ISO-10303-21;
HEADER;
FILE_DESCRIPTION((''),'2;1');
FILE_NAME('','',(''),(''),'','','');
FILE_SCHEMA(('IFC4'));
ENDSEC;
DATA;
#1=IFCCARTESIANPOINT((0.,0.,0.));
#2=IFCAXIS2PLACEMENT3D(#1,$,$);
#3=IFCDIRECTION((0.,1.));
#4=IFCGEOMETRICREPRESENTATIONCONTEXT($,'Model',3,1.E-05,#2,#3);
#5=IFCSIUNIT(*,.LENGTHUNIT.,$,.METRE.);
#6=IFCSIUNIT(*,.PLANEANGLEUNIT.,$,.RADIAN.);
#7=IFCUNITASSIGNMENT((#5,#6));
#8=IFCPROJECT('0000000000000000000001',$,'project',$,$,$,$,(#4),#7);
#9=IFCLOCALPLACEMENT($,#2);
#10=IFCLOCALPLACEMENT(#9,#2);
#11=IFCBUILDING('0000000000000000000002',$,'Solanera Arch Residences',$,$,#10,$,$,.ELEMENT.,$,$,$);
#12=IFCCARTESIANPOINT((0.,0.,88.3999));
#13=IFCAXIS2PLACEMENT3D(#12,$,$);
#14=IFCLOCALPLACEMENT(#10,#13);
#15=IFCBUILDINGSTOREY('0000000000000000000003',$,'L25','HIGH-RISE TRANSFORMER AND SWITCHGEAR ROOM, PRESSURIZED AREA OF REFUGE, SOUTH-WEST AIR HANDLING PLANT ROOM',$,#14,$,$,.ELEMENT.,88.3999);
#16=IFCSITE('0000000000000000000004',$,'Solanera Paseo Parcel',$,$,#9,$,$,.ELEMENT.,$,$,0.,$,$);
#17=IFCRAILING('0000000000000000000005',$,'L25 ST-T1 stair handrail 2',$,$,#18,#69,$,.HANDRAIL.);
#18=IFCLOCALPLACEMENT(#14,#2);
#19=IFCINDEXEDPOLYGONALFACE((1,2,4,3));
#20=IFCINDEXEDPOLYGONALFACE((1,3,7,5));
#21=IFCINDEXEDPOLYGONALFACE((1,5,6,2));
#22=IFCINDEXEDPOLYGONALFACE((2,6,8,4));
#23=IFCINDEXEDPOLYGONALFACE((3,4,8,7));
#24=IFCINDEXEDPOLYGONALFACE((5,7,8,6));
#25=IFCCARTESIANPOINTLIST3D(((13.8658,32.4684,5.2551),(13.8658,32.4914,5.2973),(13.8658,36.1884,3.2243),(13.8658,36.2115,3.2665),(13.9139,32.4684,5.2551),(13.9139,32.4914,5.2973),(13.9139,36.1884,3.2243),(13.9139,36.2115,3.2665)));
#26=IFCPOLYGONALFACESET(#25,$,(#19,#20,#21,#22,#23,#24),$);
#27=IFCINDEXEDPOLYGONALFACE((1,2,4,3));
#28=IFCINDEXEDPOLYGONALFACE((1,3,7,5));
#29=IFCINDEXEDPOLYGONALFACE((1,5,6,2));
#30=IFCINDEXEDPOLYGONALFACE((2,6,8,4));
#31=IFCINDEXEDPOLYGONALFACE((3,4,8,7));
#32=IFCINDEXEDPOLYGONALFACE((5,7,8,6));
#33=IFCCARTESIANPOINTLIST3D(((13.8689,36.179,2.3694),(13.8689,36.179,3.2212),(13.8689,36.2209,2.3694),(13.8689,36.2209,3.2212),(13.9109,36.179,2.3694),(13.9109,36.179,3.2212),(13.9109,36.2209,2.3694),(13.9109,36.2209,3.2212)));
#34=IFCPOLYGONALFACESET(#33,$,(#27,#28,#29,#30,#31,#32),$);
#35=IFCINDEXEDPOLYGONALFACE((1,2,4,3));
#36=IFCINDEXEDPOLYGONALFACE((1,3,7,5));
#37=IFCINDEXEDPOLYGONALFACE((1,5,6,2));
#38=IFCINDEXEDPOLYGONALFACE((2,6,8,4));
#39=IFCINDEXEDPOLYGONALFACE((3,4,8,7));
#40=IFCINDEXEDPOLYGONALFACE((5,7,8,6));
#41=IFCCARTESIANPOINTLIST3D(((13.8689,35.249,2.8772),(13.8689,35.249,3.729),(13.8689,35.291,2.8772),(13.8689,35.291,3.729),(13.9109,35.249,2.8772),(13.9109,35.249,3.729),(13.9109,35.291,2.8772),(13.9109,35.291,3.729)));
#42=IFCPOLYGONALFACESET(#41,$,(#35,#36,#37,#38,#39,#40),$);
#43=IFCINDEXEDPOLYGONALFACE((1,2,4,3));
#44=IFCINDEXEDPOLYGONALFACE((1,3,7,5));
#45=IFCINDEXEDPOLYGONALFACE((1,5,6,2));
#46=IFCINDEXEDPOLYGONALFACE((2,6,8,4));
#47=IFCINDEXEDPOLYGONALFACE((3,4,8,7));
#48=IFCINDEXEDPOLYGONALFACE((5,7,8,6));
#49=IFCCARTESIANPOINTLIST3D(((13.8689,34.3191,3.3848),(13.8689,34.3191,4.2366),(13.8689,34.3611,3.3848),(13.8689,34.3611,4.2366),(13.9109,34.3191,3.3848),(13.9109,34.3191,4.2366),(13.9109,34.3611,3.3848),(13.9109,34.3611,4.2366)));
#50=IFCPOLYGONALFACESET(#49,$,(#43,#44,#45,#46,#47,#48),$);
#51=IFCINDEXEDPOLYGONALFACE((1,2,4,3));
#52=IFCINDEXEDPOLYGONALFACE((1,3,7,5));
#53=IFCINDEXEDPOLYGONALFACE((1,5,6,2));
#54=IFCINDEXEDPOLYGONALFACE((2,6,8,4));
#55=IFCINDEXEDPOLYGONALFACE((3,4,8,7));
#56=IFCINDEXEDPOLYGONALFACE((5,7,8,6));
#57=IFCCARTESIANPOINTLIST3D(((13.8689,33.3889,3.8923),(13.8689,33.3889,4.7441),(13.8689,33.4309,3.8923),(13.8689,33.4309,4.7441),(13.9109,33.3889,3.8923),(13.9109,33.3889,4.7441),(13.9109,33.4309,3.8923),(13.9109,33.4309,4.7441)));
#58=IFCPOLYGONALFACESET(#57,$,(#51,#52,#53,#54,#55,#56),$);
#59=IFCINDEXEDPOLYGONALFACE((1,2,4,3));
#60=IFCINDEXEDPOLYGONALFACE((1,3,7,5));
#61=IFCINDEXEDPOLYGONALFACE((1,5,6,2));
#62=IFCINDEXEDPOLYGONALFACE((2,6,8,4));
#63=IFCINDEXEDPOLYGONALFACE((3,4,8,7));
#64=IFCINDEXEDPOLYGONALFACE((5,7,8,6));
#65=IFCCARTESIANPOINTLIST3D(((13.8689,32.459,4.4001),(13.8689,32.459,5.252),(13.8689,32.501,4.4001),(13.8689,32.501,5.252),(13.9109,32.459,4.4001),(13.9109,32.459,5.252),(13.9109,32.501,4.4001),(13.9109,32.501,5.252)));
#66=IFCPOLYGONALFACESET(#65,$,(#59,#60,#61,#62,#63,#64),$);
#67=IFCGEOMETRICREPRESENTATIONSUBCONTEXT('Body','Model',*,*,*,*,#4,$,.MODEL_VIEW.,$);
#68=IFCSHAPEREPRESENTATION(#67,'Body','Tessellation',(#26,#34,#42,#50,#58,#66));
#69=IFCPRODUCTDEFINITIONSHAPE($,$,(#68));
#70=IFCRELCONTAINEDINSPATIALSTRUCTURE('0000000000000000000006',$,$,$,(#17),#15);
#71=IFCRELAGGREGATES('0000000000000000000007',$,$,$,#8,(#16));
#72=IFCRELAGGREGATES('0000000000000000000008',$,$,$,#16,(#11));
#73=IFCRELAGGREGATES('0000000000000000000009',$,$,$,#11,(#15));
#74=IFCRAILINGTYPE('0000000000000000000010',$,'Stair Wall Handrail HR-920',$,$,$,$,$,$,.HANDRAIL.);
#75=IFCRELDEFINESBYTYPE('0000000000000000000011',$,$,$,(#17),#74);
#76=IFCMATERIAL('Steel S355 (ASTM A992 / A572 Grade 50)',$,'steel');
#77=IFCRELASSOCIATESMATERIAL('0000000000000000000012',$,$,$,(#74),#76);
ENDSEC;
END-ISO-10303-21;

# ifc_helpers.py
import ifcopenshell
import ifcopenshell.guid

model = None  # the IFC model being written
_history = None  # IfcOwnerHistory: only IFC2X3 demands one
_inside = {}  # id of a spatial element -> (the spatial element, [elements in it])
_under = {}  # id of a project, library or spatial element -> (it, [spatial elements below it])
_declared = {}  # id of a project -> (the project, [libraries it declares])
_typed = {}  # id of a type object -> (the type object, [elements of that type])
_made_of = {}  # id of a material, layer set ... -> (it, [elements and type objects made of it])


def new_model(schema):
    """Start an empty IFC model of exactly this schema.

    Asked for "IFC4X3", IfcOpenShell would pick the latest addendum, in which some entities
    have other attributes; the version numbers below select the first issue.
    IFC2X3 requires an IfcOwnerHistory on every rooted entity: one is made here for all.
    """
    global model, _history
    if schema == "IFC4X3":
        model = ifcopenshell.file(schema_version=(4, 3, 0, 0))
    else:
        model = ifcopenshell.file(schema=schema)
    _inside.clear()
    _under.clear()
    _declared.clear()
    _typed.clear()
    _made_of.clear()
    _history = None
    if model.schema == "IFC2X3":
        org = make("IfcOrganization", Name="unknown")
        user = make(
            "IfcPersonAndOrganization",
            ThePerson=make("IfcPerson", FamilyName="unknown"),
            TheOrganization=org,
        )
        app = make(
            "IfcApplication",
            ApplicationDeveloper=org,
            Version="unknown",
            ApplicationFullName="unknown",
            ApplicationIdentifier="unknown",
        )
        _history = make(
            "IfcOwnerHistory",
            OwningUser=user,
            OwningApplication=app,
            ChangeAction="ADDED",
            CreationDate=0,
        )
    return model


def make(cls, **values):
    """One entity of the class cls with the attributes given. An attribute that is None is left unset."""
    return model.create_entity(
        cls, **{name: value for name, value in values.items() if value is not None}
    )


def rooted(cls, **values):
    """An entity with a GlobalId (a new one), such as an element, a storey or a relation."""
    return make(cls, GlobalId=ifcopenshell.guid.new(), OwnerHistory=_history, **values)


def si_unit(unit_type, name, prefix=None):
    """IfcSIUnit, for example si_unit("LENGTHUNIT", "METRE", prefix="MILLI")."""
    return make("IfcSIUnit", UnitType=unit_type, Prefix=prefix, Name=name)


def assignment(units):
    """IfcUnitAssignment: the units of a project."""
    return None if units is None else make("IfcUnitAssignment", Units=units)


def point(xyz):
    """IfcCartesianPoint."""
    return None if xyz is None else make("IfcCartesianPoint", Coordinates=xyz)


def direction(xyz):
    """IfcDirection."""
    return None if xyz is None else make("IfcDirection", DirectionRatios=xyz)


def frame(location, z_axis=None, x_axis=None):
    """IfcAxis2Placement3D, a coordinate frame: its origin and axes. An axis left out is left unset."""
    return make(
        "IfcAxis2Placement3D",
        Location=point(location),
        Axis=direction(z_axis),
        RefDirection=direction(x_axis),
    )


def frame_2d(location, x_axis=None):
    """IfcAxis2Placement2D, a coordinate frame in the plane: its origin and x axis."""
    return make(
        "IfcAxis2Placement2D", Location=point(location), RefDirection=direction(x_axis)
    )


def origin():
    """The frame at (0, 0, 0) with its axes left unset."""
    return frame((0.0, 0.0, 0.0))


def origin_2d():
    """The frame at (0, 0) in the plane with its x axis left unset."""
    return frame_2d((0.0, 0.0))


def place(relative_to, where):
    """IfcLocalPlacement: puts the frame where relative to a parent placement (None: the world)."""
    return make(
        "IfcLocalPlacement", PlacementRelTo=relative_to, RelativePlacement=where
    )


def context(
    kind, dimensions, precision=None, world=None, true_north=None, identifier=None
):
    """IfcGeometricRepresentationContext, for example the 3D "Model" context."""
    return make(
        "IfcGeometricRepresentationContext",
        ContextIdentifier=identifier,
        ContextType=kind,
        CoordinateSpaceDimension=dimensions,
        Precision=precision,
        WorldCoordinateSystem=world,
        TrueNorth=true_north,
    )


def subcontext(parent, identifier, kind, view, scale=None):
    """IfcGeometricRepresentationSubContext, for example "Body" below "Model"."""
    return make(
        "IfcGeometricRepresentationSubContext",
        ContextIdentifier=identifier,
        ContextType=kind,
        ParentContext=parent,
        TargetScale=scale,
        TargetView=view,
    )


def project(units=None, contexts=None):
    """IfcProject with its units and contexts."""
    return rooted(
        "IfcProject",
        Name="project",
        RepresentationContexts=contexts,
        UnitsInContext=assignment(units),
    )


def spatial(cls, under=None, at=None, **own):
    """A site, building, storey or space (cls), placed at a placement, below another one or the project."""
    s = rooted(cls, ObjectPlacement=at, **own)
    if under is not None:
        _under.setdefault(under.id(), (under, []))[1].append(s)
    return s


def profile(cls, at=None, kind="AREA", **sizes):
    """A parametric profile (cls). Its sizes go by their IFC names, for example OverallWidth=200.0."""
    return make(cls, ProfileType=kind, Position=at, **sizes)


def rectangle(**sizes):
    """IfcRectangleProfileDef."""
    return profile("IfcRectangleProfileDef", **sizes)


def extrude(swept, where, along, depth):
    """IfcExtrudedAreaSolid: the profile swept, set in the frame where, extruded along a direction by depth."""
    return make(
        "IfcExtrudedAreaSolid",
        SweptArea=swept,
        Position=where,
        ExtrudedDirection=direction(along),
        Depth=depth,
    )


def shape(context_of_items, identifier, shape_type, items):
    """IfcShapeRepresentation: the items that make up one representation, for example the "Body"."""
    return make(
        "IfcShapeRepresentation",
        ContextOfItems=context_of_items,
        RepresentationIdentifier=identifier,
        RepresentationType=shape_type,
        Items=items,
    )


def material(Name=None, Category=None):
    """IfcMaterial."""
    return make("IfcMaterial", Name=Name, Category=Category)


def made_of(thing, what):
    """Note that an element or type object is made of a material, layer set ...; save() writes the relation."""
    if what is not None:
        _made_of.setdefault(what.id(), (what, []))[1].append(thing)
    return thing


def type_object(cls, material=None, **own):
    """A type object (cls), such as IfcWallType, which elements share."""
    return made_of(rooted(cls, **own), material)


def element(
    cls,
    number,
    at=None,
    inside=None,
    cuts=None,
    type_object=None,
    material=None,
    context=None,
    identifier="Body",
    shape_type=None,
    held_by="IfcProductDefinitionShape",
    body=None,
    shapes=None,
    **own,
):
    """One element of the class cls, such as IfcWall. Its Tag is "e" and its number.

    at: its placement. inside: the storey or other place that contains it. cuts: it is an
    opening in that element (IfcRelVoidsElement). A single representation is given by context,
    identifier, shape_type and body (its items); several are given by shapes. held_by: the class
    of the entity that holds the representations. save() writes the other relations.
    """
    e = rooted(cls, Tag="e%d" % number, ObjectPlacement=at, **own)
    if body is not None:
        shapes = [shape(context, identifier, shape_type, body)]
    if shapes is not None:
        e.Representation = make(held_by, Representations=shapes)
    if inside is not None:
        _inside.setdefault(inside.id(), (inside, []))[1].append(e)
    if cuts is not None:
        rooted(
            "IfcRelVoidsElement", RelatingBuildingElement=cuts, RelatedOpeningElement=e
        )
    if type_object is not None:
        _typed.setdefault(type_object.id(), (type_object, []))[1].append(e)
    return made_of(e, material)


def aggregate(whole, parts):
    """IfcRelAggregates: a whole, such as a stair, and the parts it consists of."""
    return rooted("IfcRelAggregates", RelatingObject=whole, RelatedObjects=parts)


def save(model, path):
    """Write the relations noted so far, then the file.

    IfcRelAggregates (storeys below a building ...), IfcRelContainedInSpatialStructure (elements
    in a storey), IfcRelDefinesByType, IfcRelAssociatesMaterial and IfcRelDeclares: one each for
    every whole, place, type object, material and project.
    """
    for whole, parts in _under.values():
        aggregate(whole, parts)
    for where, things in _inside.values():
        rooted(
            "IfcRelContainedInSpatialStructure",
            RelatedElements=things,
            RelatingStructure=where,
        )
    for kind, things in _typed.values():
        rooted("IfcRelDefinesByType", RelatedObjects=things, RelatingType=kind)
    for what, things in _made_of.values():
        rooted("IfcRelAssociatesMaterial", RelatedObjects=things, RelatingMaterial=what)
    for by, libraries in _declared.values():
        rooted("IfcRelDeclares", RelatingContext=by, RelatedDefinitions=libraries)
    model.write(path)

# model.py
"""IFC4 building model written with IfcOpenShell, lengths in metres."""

from ifc_helpers import new_model, si_unit, direction, frame, origin, origin_2d, place, context, subcontext, project, spatial, rectangle, extrude, material, type_object, element, save


model = new_model("IFC4")

# Units and contexts
model_context = context("Model", 3, precision=1e-05, world=origin(), true_north=direction((0.0, 1.0)))
body_context = subcontext(model_context, "Body", "Model", "MODEL_VIEW")
ifc_project = project(units=[si_unit("LENGTHUNIT", "METRE"), si_unit("PLANEANGLEUNIT", "RADIAN")], contexts=[model_context])

# Site, building, storey
site_placement = place(None, origin())
site = spatial("IfcSite", under=ifc_project, at=site_placement, Name="Solanera Paseo Parcel", CompositionType="ELEMENT", RefElevation=0.0)
building_placement = place(site_placement, origin())
building = spatial("IfcBuilding", under=site, at=building_placement, Name="Solanera Arch Residences", CompositionType="ELEMENT")
storey_placement = place(building_placement, frame((0.0, 0.0, 88.3999)))
storey = spatial("IfcBuildingStorey", under=building, at=storey_placement, Name="L25", Description="HIGH-RISE TRANSFORMER AND SWITCHGEAR ROOM, PRESSURIZED AREA OF REFUGE, SOUTH-WEST AIR HANDLING PLANT ROOM", CompositionType="ELEMENT", Elevation=88.3999)

# Railing
ifc_material_1 = material(Name="Steel S355 (ASTM A992 / A572 Grade 50)", Category="steel")
railing_type = type_object("IfcRailingType", Name="Stair Wall Handrail HR-920", PredefinedType="HANDRAIL", material=ifc_material_1)
railing_placement = place(storey_placement, frame((13.8899, 36.2, 2.3694)))
element("IfcRailing", 1, at=railing_placement, inside=storey, type_object=railing_type, Name="L25 ST-T1 stair handrail 2", PredefinedType="HANDRAIL", context=body_context, shape_type="SweptSolid", body=[
    extrude(rectangle(XDim=0.0481, YDim=0.0481, at=origin_2d()), frame((0.0, 0.0, 0.876), z_axis=(0.0, -0.877728, 0.479159), x_axis=(1.0, 0.0, 0.0)), (0.0, 0.0, 1.0), 4.2383),
    extrude(rectangle(XDim=0.042, YDim=0.042, at=origin_2d()), origin(), (0.0, 0.0, 1.0), 0.8518),
    extrude(rectangle(XDim=0.042, YDim=0.042, at=origin_2d()), frame((0.0, -0.9299, 0.5078)), (0.0, 0.0, 1.0), 0.8518),
    extrude(rectangle(XDim=0.042, YDim=0.042, at=origin_2d()), frame((0.0, -1.8599, 1.0154)), (0.0, 0.0, 1.0), 0.8518),
    extrude(rectangle(XDim=0.042, YDim=0.042, at=origin_2d()), frame((0.0, -2.79, 1.5229)), (0.0, 0.0, 1.0), 0.8518),
    extrude(rectangle(XDim=0.042, YDim=0.042, at=origin_2d()), frame((0.0, -3.72, 2.0308)), (0.0, 0.0, 1.0), 0.8518),
])

save(model, "model.ifc")
